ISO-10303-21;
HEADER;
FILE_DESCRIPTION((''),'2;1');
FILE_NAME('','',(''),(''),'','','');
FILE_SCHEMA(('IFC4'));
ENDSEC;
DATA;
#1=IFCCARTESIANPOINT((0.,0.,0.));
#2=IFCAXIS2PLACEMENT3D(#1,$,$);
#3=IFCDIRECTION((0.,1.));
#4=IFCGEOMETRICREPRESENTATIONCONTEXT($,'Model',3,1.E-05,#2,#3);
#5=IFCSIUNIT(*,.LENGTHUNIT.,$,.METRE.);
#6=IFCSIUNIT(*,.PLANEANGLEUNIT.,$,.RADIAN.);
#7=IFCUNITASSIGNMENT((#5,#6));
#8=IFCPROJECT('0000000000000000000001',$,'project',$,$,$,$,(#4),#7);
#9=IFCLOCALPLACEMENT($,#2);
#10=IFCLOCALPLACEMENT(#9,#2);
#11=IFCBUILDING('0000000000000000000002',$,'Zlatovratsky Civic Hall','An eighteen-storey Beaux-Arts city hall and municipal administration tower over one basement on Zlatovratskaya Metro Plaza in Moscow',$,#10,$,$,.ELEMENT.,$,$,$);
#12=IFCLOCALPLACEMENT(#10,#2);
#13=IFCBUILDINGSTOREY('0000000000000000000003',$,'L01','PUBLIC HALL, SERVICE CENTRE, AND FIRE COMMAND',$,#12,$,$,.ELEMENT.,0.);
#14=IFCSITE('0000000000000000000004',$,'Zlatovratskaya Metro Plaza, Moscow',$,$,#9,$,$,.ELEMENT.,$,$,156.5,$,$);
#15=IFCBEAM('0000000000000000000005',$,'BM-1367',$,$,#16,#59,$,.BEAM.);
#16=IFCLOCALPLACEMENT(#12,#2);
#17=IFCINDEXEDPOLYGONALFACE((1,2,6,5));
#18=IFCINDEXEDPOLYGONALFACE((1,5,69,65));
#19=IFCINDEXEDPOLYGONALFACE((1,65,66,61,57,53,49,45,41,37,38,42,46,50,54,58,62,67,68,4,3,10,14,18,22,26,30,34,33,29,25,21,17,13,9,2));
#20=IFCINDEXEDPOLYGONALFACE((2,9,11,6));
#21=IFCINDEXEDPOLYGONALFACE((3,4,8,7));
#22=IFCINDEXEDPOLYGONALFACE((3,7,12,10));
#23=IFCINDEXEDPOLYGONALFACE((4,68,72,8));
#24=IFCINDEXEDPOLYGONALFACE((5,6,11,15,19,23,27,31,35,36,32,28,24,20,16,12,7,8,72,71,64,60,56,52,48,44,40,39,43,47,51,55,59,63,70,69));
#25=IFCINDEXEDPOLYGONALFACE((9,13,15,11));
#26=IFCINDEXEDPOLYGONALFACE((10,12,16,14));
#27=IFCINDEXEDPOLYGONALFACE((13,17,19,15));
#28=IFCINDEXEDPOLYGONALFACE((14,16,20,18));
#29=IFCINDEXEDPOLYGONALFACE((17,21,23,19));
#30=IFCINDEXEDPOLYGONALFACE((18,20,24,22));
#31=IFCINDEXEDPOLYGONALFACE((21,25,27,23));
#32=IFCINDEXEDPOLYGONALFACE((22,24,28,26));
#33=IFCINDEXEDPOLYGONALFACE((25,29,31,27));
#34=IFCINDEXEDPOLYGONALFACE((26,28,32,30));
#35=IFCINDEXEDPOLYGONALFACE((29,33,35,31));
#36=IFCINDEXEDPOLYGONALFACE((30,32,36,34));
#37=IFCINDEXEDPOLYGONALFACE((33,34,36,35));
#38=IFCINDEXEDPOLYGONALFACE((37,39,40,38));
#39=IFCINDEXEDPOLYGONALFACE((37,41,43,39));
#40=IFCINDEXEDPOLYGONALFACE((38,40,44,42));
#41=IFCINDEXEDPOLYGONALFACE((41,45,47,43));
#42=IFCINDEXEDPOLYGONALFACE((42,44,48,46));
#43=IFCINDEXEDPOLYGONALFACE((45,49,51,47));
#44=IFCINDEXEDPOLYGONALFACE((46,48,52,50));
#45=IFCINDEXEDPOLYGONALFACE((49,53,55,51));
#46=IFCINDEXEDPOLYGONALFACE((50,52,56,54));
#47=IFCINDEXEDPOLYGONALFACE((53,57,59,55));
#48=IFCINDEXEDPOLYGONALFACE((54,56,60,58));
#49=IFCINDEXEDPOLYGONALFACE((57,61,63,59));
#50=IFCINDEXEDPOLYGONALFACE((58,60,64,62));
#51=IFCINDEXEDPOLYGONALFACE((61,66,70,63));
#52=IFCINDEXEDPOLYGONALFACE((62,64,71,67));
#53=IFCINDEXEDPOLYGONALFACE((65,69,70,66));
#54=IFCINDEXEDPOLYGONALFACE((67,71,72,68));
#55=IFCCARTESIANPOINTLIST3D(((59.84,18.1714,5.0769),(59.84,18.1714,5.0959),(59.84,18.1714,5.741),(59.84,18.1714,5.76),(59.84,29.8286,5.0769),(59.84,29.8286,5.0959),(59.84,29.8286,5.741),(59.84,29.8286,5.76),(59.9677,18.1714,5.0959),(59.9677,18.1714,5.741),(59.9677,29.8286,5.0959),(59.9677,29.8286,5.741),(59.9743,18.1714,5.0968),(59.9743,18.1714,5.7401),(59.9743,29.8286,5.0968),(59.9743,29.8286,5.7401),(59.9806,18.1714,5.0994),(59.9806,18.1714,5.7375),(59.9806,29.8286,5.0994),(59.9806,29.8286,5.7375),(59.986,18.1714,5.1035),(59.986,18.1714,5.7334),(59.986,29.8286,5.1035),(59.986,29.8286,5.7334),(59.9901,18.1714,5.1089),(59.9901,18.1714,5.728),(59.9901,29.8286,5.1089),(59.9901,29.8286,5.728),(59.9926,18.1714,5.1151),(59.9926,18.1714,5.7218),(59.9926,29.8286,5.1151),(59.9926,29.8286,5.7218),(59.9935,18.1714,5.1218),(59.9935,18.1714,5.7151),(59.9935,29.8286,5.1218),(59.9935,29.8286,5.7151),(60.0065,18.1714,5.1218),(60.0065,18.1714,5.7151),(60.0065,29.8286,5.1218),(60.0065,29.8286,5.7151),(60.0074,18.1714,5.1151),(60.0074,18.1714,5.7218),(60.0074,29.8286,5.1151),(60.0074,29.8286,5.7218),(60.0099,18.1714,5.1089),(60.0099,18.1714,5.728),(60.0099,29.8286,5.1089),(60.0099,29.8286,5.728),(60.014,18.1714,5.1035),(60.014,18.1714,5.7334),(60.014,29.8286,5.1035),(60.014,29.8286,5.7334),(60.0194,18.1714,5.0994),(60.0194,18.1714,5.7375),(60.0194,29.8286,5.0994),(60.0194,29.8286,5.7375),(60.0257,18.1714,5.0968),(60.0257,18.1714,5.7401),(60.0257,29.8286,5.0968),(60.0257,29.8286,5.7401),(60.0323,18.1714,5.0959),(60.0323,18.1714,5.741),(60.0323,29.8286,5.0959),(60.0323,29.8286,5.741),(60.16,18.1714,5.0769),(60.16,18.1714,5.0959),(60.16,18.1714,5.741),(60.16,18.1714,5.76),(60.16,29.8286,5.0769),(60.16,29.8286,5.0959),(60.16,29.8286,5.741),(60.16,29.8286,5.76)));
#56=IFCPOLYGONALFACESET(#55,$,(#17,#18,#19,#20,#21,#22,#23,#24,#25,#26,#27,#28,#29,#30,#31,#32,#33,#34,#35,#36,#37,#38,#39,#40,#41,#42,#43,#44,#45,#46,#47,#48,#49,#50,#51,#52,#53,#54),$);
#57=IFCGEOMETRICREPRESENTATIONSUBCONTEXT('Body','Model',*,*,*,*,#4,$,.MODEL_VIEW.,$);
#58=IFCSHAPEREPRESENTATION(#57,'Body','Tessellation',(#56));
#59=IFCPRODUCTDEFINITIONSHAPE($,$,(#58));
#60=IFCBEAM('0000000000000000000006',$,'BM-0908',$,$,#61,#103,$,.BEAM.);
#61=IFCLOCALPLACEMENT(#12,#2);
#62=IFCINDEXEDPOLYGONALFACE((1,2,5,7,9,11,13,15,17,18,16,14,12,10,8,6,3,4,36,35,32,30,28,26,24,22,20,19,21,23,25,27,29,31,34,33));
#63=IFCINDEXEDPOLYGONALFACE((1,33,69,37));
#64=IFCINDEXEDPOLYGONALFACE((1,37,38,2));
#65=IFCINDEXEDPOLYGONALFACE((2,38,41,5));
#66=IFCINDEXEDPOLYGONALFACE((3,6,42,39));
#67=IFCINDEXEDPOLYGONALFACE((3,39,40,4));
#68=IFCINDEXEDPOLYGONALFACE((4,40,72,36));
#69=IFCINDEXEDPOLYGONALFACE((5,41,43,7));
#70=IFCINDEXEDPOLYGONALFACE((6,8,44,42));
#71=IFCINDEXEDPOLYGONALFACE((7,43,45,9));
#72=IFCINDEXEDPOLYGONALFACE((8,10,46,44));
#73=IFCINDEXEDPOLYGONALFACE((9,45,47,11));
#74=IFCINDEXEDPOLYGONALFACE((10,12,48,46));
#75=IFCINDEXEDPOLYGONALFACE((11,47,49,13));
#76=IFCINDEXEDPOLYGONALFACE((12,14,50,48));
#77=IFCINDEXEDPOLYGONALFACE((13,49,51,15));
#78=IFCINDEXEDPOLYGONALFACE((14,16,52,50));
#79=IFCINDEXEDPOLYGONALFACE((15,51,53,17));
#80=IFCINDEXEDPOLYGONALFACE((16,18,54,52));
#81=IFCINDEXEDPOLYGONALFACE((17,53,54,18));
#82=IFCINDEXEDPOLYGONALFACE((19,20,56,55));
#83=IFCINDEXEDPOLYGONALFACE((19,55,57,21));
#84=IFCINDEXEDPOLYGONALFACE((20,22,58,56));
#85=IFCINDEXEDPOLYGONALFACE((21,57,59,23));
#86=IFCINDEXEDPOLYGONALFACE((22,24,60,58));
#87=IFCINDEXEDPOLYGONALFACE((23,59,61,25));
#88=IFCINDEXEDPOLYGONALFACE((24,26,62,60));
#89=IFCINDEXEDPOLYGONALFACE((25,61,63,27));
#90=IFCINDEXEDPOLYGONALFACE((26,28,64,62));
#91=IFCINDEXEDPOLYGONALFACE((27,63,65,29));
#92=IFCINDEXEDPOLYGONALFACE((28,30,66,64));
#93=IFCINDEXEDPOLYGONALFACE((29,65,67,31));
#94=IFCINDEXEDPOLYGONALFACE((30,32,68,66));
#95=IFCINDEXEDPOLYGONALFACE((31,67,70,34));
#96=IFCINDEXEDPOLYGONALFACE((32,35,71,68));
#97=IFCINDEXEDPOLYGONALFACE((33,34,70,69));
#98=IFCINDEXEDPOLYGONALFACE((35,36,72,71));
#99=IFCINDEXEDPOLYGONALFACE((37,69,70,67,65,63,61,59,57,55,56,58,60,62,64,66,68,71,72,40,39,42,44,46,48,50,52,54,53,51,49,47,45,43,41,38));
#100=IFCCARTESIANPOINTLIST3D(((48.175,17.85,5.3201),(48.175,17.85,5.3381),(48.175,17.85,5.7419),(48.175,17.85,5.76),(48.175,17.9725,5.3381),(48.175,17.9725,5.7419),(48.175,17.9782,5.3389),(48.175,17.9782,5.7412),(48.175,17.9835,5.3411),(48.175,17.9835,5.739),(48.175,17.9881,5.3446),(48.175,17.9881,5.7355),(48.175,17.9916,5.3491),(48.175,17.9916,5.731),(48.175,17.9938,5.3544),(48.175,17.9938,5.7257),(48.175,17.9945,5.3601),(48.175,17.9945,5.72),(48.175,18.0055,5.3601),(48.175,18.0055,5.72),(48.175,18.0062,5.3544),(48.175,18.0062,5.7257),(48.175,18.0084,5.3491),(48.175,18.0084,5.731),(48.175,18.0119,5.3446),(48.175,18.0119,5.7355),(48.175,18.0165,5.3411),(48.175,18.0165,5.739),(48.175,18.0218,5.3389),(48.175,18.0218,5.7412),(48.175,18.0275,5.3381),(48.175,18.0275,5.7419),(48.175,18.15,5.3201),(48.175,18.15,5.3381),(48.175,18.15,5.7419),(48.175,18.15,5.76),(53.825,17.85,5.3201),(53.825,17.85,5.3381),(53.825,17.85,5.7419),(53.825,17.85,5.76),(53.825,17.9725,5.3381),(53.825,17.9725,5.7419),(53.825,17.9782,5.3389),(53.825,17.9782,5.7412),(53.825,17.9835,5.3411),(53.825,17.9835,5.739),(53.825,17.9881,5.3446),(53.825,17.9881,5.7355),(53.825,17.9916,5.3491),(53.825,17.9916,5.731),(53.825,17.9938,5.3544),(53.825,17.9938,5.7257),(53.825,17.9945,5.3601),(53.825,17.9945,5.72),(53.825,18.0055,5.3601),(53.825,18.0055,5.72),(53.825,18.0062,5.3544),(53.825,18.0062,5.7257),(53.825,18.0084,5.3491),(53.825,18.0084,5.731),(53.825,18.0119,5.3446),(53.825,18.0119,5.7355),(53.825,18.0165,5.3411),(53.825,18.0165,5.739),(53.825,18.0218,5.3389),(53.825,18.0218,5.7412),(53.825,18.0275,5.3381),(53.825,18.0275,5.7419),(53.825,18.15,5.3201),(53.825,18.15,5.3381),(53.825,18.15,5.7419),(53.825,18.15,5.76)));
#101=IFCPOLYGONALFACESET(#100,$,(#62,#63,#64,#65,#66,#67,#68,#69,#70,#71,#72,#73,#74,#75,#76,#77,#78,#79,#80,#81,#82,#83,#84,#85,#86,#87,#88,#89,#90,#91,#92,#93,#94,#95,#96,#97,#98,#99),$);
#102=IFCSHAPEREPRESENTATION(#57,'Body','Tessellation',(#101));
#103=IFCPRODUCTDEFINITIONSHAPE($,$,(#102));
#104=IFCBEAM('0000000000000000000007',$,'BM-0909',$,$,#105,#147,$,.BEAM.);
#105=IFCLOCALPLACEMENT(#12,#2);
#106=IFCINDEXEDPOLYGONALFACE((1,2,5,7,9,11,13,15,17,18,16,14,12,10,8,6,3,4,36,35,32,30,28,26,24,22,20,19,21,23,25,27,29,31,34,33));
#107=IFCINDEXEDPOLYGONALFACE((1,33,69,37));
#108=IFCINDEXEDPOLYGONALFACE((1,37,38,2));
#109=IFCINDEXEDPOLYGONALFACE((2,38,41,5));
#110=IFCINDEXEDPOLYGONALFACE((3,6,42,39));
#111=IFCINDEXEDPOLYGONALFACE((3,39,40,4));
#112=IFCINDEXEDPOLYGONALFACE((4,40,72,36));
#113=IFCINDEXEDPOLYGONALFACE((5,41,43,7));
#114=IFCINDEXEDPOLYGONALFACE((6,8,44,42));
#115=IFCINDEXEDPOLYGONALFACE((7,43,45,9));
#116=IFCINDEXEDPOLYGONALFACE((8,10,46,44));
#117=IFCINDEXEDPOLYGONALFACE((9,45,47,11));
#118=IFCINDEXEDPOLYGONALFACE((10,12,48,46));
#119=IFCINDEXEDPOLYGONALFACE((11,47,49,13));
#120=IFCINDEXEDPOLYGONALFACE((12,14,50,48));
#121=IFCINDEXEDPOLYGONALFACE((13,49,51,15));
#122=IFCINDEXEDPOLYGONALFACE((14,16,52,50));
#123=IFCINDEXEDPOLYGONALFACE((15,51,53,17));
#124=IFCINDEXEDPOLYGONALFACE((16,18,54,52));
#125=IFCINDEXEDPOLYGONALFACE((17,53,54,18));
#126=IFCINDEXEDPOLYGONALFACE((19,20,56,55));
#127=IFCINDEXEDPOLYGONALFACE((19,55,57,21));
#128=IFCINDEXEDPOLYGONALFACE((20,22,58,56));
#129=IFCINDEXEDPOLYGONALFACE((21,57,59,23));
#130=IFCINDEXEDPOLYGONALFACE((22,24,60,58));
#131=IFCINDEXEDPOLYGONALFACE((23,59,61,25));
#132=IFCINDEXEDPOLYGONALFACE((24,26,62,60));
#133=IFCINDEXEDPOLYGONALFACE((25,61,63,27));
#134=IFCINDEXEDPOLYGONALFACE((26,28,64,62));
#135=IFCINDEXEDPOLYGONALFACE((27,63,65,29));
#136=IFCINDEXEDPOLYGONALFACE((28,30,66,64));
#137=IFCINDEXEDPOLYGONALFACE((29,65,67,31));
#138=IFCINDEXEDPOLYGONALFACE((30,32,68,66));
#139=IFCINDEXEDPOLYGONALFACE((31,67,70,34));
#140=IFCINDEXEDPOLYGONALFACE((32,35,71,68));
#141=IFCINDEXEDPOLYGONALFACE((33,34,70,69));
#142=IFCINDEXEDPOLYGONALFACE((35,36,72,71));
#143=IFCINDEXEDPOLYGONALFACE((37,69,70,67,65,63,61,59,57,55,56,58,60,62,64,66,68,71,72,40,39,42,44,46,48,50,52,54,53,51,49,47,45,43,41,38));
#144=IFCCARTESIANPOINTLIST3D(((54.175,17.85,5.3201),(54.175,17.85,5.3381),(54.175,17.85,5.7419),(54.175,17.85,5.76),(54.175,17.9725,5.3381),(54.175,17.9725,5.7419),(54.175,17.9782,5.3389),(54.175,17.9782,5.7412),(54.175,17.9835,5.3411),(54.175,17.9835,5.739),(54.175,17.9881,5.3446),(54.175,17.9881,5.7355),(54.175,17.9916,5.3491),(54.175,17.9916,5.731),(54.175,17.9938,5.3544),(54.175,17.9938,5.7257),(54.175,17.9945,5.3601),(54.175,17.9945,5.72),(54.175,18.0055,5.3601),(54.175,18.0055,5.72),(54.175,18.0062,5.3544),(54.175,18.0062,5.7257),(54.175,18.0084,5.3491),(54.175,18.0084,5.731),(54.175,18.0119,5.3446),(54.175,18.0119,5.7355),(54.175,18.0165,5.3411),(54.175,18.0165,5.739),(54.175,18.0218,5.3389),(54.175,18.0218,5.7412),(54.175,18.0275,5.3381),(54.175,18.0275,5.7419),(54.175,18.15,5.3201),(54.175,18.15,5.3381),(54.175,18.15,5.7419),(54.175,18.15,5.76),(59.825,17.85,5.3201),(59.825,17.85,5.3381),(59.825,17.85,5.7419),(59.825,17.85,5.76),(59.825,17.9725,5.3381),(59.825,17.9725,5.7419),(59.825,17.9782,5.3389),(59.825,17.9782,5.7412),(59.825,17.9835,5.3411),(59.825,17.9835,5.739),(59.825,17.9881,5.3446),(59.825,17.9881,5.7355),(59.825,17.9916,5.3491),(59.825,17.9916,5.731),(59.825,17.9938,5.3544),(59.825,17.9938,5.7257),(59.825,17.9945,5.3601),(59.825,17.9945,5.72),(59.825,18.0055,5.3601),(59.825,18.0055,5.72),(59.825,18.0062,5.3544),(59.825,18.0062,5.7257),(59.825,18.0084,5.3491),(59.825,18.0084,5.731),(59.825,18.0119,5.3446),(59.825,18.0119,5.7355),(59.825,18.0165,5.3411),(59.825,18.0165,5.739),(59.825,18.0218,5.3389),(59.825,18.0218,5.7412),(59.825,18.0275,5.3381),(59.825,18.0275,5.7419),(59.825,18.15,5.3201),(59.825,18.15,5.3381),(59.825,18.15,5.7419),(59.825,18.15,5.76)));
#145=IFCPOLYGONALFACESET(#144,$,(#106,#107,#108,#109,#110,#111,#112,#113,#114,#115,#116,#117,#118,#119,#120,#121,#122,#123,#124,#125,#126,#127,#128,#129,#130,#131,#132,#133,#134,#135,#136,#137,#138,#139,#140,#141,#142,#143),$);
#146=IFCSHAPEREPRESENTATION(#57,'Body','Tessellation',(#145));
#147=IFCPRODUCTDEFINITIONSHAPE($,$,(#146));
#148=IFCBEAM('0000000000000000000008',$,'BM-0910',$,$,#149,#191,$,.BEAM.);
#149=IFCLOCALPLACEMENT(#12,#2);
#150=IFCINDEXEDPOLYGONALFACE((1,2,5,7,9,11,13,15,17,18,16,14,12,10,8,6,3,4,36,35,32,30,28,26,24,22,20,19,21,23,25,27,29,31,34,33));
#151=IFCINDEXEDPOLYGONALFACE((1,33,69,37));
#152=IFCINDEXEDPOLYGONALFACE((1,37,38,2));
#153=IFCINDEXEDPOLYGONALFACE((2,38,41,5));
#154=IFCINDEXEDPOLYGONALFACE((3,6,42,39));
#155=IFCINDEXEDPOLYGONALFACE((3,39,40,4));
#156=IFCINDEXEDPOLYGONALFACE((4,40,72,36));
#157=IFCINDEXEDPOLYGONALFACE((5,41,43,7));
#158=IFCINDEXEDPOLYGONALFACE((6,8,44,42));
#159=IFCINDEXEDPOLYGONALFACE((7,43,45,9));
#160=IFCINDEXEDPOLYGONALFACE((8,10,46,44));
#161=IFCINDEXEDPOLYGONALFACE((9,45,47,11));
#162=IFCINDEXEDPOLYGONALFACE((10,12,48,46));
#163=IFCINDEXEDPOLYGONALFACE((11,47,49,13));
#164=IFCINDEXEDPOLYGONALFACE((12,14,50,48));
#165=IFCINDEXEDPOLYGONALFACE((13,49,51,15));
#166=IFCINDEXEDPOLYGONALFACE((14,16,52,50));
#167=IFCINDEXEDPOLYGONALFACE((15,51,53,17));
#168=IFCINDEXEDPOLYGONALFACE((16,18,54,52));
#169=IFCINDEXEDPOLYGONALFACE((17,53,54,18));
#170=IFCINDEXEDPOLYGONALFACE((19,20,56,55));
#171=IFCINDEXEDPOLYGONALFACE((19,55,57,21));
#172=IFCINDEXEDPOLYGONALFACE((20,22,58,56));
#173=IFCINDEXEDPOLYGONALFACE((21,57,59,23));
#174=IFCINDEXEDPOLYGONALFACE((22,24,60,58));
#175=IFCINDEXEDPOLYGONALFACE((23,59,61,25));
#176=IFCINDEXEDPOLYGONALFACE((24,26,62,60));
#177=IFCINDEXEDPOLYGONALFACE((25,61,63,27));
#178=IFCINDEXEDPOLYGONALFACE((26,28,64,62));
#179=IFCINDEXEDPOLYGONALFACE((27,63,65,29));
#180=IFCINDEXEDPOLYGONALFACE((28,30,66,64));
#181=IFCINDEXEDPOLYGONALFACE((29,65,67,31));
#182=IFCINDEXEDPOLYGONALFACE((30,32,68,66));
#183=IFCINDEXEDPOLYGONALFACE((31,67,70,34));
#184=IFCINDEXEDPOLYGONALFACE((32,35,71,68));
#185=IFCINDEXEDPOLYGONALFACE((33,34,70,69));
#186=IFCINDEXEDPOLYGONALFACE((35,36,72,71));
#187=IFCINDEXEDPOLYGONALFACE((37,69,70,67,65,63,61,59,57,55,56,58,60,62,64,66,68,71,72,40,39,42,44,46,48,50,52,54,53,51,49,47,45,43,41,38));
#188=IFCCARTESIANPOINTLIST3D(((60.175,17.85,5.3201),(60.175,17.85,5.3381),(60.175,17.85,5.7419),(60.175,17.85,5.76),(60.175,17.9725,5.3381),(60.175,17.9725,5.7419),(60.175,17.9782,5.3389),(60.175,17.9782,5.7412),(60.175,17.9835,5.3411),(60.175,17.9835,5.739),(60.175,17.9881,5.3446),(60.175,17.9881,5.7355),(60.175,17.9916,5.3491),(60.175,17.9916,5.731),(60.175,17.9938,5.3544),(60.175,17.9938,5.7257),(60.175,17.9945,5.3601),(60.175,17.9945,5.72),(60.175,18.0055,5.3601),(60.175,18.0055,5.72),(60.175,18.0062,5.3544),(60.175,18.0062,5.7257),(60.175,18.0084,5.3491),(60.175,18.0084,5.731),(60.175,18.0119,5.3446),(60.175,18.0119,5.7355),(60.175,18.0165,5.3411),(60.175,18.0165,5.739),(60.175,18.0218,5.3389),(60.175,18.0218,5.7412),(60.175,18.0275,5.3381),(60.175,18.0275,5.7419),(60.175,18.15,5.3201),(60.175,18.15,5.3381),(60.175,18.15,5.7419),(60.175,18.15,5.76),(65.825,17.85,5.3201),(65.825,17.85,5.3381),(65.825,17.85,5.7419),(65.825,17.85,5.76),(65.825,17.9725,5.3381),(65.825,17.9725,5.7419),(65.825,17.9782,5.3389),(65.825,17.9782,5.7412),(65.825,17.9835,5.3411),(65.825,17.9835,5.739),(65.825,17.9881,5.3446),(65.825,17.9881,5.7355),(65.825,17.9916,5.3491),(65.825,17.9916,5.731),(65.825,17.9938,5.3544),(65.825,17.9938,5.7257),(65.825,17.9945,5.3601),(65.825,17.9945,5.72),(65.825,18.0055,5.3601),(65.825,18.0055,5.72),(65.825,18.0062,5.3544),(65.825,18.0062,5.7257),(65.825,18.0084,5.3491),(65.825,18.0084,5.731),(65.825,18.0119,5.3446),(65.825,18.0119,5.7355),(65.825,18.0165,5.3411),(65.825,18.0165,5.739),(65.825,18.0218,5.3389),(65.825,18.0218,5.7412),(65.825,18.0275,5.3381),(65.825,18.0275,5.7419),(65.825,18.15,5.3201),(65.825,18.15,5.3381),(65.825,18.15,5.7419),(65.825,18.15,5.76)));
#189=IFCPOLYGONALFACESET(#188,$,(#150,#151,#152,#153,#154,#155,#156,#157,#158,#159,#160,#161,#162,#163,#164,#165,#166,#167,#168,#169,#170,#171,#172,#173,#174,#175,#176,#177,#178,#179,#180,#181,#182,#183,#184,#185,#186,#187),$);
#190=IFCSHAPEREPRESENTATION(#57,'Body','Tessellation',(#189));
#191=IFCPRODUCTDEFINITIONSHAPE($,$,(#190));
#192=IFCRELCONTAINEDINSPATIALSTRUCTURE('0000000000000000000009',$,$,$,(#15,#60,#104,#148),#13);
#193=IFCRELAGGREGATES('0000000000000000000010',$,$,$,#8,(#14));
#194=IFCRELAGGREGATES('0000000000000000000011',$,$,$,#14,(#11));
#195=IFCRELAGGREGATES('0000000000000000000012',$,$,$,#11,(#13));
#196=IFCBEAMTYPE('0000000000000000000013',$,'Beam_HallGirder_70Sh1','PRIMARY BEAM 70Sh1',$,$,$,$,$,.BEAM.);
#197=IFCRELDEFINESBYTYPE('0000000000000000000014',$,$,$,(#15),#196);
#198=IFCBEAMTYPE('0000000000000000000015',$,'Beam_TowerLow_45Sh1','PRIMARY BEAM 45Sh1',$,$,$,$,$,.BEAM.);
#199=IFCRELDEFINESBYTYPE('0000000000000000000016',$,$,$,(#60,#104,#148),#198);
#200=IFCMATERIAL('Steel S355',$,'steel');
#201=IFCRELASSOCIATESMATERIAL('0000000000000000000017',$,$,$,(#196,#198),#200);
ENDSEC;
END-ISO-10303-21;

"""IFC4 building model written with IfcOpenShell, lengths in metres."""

from ifc_helpers import new_model, si_unit, direction, frame, origin, origin_2d, place, context, subcontext, project, spatial, i_section, extrude, material, material_profile, profile_set, type_object, element, save


model = new_model("IFC4")

# Units and contexts
model_context = context("Model", 3, precision=1e-05, world=origin(), true_north=direction((0.0, 1.0)))
body_context = subcontext(model_context, "Body", "Model", "MODEL_VIEW")
ifc_project = project(units=[si_unit("LENGTHUNIT", "METRE"), si_unit("PLANEANGLEUNIT", "RADIAN")], contexts=[model_context])

# Site, building, storey
site_placement = place(None, origin())
site = spatial("IfcSite", under=ifc_project, at=site_placement, Name="Zlatovratskaya Metro Plaza, Moscow", CompositionType="ELEMENT", RefElevation=156.5)
building_placement = place(site_placement, origin())
building = spatial("IfcBuilding", under=site, at=building_placement, Name="Zlatovratsky Civic Hall", Description="An eighteen-storey Beaux-Arts city hall and municipal administration tower over one basement on Zlatovratskaya Metro Plaza in Moscow", CompositionType="ELEMENT")
storey_placement = place(building_placement, origin())
storey = spatial("IfcBuildingStorey", under=building, at=storey_placement, Name="L01", Description="PUBLIC HALL, SERVICE CENTRE, AND FIRE COMMAND", CompositionType="ELEMENT", Elevation=0.0)

# Shared definitions
ifc_material_1 = material(Name="Steel S355", Category="steel")

# Beams
ifc_material_profile_1 = material_profile(ifc_material_1, i_section(OverallWidth=0.3201, OverallDepth=0.6831, WebThickness=0.0129, FlangeThickness=0.019, FilletRadius=0.0259, at=origin_2d()), Name="70Sh1")
ifc_profile_set_1 = profile_set([ifc_material_profile_1], Name="Steel S355")
beam_type_1 = type_object("IfcBeamType", Name="Beam_HallGirder_70Sh1", Description="PRIMARY BEAM 70Sh1", PredefinedType="BEAM", material=ifc_profile_set_1)
for number, where, z_axis, x_axis, name in (
    (1, (60.0, 18.1714, 5.4185), (0.0, 1.0, 0.0), (-1.0, 0.0, 0.0), "BM-1367"),
):
    element("IfcBeam", number, at=place(storey_placement, frame(where, z_axis=z_axis, x_axis=x_axis)), inside=storey, type_object=beam_type_1, Name=name, PredefinedType="BEAM", context=body_context, shape_type="SweptSolid", body=[
        extrude(i_section(OverallWidth=0.3201, OverallDepth=0.6831, WebThickness=0.0129, FlangeThickness=0.019, FilletRadius=0.0259, at=origin_2d()), origin(), (0.0, 0.0, 1.0), 11.6572),
    ])
ifc_material_profile_2 = material_profile(ifc_material_1, i_section(OverallWidth=0.3, OverallDepth=0.4399, WebThickness=0.011, FlangeThickness=0.0181, FilletRadius=0.022, at=origin_2d()), Name="45Sh1")
ifc_profile_set_2 = profile_set([ifc_material_profile_2], Name="Steel S355")
beam_type_2 = type_object("IfcBeamType", Name="Beam_TowerLow_45Sh1", Description="PRIMARY BEAM 45Sh1", PredefinedType="BEAM", material=ifc_profile_set_2)
for number, where, z_axis, x_axis, name in (
    (2, (48.175, 18.0, 5.54), (1.0, 0.0, 0.0), (0.0, 1.0, 0.0), "BM-0908"),
    (3, (54.175, 18.0, 5.54), (1.0, 0.0, 0.0), (0.0, 1.0, 0.0), "BM-0909"),
    (4, (60.175, 18.0, 5.54), (1.0, 0.0, 0.0), (0.0, 1.0, 0.0), "BM-0910"),
):
    element("IfcBeam", number, at=place(storey_placement, frame(where, z_axis=z_axis, x_axis=x_axis)), inside=storey, type_object=beam_type_2, Name=name, PredefinedType="BEAM", context=body_context, shape_type="SweptSolid", body=[
        extrude(i_section(OverallWidth=0.3, OverallDepth=0.4399, WebThickness=0.011, FlangeThickness=0.0181, FilletRadius=0.022, at=origin_2d()), origin(), (0.0, 0.0, 1.0), 5.6499),
    ])

save(model, "model.ifc")
